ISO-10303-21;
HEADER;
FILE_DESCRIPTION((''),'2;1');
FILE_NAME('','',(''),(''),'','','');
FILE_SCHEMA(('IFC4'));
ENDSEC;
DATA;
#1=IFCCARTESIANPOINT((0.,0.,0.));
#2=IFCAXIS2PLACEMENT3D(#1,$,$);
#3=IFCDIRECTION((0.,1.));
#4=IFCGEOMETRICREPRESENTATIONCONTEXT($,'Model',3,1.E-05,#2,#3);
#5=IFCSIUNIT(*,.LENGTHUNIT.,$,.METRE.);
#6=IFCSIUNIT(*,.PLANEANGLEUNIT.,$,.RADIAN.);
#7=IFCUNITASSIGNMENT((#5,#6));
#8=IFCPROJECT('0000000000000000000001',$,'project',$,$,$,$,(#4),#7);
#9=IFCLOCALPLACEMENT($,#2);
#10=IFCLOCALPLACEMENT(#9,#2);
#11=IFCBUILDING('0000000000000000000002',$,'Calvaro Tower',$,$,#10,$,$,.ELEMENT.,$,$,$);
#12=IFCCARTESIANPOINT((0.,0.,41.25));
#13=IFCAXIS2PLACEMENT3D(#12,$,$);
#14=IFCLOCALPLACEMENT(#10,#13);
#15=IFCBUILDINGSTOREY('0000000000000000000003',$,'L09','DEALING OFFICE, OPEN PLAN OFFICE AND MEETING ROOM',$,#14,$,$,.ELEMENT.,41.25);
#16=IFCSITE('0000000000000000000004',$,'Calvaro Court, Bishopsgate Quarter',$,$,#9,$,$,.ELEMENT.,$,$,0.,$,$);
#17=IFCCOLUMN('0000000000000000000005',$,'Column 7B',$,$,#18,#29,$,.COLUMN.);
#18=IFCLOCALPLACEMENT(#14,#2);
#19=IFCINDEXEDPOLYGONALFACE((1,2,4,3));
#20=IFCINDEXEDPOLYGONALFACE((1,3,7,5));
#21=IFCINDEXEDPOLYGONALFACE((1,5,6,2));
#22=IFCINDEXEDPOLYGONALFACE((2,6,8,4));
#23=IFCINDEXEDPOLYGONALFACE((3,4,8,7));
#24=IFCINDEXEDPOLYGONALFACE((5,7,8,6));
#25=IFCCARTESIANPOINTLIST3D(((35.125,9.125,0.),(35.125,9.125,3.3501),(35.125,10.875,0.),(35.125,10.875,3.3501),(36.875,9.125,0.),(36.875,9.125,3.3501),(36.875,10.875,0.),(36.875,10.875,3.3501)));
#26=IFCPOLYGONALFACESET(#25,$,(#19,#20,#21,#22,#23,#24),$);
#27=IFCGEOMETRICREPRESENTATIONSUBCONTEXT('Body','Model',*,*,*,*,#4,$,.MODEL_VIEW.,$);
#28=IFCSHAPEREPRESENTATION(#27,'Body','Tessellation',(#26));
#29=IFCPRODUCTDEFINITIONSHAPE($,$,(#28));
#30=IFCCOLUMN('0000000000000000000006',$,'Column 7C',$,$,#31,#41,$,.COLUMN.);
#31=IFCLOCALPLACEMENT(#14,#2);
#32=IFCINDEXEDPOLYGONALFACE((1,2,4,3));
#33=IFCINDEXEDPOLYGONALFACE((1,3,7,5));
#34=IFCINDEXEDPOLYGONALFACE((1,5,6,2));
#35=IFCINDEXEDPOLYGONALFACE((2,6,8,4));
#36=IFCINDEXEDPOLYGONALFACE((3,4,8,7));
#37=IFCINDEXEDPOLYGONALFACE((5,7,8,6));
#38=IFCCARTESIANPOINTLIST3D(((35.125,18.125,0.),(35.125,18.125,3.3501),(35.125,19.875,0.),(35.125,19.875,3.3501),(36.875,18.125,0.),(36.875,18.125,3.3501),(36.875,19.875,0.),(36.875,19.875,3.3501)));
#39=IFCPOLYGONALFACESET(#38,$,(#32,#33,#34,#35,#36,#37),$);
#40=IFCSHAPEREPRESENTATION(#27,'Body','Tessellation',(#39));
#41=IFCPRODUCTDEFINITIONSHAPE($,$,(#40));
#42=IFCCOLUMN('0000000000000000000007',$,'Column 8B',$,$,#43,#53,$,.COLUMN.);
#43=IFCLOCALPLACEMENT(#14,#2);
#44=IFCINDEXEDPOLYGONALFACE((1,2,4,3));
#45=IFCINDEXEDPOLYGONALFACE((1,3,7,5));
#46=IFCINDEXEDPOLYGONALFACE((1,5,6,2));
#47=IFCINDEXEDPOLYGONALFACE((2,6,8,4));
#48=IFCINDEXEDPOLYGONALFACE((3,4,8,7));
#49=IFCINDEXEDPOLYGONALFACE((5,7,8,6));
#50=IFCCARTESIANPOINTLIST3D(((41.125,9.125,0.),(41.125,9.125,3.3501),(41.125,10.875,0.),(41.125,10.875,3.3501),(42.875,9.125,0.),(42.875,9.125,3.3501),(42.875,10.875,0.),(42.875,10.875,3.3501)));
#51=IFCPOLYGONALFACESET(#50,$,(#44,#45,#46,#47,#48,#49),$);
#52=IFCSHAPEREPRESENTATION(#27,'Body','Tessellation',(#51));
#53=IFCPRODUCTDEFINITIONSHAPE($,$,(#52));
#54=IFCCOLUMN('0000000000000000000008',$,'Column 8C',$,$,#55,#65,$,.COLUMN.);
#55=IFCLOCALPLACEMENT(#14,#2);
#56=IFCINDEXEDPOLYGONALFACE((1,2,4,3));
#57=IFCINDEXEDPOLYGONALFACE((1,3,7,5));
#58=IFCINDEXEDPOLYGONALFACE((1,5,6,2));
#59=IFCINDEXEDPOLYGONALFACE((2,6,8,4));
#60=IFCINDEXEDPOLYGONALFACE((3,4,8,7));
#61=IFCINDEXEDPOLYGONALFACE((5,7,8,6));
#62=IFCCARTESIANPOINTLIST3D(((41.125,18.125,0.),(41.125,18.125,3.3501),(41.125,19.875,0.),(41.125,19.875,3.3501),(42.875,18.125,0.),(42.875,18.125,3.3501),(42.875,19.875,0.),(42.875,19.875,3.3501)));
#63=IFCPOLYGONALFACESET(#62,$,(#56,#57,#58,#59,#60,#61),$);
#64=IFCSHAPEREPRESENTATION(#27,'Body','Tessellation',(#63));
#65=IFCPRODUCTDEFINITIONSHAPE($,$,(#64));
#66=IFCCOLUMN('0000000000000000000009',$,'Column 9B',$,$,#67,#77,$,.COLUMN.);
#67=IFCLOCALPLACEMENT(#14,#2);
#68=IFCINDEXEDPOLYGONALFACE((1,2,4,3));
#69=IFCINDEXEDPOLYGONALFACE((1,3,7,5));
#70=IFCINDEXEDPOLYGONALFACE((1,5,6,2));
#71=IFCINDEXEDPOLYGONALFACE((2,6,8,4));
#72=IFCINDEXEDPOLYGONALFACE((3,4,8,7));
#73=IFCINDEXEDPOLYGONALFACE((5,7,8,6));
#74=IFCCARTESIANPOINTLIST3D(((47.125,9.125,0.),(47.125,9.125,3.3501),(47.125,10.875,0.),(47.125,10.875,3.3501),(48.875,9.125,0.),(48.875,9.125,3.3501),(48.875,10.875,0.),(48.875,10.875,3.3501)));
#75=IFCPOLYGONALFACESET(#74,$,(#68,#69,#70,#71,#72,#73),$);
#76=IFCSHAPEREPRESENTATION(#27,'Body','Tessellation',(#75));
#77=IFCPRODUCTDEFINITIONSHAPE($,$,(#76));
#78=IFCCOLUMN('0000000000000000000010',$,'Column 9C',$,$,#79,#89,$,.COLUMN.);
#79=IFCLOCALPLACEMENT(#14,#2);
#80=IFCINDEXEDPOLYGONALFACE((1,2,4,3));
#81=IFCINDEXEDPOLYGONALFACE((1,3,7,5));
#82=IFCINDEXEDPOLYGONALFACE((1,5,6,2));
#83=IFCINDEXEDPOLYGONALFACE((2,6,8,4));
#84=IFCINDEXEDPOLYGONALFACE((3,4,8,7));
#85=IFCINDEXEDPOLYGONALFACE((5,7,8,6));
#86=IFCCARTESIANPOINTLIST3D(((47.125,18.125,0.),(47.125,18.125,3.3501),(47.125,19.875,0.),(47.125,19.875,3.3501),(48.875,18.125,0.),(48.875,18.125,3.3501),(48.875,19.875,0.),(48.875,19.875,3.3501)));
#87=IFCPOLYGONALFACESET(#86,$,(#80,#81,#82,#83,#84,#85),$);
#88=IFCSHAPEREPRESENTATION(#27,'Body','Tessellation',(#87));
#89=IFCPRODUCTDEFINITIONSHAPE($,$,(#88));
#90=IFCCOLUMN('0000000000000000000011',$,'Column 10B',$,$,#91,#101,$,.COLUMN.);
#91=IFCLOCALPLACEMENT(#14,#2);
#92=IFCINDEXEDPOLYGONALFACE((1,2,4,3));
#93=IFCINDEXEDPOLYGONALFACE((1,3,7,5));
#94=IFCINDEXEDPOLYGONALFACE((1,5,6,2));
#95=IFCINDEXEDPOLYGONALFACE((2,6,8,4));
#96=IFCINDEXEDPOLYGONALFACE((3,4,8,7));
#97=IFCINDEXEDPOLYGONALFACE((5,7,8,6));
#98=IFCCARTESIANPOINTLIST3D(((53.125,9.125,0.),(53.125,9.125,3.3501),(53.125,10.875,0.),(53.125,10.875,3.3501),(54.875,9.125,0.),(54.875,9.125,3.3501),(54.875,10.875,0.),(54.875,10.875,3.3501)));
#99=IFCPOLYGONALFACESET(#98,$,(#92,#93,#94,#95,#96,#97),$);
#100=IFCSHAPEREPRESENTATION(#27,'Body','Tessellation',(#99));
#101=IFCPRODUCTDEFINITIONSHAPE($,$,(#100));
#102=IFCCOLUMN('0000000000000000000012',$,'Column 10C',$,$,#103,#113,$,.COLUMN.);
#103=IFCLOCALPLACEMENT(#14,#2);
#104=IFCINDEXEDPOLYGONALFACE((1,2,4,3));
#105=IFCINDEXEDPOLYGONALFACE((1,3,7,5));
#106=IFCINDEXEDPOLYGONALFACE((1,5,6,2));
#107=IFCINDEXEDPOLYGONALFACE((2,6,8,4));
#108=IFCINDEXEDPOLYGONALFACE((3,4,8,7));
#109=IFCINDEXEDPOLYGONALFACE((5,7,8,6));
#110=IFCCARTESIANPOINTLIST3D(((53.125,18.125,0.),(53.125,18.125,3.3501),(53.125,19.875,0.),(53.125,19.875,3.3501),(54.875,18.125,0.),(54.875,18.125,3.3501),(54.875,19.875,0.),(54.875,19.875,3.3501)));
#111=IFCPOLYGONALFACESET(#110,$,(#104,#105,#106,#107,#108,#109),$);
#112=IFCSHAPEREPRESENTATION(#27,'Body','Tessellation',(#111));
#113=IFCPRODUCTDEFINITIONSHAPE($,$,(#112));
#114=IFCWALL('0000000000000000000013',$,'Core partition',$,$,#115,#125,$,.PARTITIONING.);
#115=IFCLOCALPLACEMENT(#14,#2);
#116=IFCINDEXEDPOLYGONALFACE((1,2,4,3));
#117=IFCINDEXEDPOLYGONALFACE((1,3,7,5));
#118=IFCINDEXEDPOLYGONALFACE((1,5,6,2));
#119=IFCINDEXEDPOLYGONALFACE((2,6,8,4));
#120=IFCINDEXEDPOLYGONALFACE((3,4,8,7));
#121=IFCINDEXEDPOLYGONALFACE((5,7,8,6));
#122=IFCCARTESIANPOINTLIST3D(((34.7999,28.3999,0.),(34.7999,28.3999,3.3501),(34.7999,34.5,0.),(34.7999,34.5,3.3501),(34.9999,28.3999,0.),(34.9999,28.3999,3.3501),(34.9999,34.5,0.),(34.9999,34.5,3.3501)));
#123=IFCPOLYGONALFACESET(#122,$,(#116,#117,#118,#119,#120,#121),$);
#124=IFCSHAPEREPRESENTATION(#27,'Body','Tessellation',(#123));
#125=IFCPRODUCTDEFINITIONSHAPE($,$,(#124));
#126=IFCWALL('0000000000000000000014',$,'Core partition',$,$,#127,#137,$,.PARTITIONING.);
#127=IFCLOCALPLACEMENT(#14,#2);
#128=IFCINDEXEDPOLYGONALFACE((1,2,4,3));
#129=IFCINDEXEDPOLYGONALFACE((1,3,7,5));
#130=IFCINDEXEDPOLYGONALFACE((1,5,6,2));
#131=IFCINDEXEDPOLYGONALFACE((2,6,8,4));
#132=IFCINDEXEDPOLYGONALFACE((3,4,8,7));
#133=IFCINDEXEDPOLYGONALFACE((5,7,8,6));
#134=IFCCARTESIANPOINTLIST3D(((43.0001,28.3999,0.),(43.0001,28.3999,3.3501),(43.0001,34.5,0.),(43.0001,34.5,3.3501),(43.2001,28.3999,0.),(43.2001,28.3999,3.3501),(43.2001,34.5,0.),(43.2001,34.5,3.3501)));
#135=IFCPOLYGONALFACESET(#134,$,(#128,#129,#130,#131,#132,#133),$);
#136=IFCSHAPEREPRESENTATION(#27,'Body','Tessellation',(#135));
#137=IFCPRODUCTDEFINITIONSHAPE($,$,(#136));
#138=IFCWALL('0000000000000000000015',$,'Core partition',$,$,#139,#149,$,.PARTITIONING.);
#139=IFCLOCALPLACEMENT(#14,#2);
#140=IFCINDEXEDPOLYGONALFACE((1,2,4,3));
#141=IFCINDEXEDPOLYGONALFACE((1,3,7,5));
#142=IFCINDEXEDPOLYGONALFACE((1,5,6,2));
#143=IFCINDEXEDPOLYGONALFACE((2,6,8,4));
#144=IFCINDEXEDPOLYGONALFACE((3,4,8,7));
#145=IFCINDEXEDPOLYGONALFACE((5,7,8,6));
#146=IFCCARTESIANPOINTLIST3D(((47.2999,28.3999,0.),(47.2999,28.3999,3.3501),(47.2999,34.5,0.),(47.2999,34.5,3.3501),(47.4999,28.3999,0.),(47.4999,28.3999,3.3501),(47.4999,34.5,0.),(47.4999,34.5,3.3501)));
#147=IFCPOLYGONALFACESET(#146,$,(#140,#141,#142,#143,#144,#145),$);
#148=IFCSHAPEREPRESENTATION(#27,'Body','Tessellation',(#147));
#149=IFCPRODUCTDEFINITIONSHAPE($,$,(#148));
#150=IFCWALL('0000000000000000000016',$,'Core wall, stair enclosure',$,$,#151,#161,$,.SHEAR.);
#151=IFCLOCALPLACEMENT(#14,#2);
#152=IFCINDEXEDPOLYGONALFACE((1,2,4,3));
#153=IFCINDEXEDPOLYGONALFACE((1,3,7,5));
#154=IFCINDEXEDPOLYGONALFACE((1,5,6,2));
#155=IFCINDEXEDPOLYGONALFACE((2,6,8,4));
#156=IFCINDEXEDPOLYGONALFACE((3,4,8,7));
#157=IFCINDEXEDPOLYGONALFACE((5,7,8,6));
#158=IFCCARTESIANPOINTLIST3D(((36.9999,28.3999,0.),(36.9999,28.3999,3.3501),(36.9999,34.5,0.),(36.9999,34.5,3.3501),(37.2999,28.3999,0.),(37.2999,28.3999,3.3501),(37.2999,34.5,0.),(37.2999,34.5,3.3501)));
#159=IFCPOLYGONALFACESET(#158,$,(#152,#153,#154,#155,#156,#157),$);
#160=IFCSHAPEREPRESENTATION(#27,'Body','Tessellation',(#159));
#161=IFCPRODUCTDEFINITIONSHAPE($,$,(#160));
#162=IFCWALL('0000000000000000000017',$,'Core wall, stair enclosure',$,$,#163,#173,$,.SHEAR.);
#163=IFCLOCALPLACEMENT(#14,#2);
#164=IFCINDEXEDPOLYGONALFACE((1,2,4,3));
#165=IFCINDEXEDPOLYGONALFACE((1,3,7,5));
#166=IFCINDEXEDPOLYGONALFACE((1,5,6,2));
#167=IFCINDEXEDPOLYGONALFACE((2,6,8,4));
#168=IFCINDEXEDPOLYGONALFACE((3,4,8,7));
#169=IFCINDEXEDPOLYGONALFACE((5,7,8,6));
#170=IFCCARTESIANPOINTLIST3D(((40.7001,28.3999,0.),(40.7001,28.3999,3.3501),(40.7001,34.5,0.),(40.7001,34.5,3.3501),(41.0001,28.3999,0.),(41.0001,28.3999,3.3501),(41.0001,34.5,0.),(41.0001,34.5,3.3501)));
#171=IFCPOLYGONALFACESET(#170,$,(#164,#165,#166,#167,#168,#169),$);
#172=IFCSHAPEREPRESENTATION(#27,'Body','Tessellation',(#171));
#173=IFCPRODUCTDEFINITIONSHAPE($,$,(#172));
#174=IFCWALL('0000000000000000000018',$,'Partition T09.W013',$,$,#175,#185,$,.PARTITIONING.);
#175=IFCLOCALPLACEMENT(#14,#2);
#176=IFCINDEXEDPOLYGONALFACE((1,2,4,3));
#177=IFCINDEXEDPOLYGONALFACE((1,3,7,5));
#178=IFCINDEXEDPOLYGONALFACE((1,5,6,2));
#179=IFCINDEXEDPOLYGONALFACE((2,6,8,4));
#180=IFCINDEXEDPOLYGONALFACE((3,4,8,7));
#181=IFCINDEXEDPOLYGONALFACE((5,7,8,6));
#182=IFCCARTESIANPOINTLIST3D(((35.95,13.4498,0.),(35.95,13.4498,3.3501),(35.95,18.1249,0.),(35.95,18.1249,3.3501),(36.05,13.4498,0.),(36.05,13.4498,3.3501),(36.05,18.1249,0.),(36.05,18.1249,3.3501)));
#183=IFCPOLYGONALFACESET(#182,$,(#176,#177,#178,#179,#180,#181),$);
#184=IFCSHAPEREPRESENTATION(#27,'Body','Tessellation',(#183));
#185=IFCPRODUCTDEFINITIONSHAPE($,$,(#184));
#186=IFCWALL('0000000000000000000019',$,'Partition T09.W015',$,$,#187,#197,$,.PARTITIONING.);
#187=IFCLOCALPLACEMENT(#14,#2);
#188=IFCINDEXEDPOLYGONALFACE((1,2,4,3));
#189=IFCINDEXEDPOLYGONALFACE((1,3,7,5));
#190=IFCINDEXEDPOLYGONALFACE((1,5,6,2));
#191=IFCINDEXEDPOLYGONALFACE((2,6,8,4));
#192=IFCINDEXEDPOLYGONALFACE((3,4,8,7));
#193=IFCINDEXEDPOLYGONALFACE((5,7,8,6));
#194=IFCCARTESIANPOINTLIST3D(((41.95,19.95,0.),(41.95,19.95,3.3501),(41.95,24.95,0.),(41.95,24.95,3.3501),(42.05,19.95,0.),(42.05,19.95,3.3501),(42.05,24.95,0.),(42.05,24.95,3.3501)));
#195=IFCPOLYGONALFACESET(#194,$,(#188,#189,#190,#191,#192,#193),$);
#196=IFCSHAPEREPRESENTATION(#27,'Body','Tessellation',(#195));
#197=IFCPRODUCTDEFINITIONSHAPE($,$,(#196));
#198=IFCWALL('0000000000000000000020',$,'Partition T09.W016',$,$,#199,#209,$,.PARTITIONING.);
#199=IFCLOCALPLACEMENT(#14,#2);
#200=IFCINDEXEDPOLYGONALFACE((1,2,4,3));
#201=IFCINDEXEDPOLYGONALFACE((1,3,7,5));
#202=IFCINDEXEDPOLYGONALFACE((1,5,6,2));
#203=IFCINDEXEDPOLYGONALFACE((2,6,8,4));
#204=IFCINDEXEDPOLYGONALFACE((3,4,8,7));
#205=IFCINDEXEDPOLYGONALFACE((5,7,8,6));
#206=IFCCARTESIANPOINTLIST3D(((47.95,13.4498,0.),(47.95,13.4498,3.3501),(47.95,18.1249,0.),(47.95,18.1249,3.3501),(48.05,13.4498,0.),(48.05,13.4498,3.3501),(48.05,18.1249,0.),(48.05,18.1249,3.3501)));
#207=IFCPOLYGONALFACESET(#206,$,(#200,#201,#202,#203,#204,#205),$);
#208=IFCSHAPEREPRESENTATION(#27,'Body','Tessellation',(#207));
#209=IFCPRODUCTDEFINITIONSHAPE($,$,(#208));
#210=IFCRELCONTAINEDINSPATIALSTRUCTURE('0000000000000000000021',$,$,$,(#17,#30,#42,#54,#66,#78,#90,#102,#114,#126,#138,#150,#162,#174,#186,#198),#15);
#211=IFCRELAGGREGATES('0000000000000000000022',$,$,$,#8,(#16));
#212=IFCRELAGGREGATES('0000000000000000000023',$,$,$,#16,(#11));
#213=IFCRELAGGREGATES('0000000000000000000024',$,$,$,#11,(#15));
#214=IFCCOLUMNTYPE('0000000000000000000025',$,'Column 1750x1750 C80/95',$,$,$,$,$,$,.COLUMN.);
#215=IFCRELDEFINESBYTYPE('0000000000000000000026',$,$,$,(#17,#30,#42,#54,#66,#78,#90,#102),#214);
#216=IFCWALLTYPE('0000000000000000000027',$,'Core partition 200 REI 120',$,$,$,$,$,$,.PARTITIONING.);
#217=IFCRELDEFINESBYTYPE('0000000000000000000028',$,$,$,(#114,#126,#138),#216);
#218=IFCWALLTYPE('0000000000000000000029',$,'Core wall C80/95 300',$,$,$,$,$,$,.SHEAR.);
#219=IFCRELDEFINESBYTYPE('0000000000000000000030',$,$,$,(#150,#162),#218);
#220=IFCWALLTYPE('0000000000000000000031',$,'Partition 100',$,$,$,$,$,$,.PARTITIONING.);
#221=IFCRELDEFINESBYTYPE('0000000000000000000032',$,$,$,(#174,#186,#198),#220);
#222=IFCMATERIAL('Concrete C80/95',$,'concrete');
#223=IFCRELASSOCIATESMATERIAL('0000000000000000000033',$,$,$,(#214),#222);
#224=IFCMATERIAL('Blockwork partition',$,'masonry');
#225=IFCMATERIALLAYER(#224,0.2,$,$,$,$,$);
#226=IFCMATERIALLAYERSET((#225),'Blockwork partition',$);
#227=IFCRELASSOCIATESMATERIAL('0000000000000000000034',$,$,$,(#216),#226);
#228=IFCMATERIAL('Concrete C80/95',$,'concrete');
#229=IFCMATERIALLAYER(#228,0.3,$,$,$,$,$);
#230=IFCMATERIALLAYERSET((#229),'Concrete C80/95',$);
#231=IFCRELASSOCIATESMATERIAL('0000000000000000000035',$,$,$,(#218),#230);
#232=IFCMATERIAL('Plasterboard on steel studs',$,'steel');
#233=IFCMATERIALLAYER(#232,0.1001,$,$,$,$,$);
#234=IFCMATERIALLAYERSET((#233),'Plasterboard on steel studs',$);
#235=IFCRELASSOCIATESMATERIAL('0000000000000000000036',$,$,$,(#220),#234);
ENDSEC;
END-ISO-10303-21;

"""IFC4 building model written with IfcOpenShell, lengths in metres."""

from ifc_helpers import new_model, si_unit, direction, frame, frame_2d, origin, origin_2d, place, context, subcontext, project, spatial, rectangle, extrude, material, layer, layer_set, material_profile, profile_set, type_object, element, save


model = new_model("IFC4")

# Units and contexts
model_context = context("Model", 3, precision=1e-05, world=origin(), true_north=direction((0.0, 1.0)))
body_context = subcontext(model_context, "Body", "Model", "MODEL_VIEW")
ifc_project = project(units=[si_unit("LENGTHUNIT", "METRE"), si_unit("PLANEANGLEUNIT", "RADIAN")], contexts=[model_context])

# Site, building, storey
site_placement = place(None, origin())
site = spatial("IfcSite", under=ifc_project, at=site_placement, Name="Calvaro Court, Bishopsgate Quarter", CompositionType="ELEMENT", RefElevation=0.0)
building_placement = place(site_placement, origin())
building = spatial("IfcBuilding", under=site, at=building_placement, Name="Calvaro Tower", CompositionType="ELEMENT")
storey_placement = place(building_placement, frame((0.0, 0.0, 41.25)))
storey = spatial("IfcBuildingStorey", under=building, at=storey_placement, Name="L09", Description="DEALING OFFICE, OPEN PLAN OFFICE AND MEETING ROOM", CompositionType="ELEMENT", Elevation=41.25)

# Columns
ifc_material_1 = material(Name="Concrete C80/95", Category="concrete")
ifc_material_profile = material_profile(ifc_material_1, rectangle(XDim=1.75, YDim=1.75, at=origin_2d()), Name="RC 1750x1750")
ifc_profile_set = profile_set([ifc_material_profile], Name="Concrete C80/95")
column_type = type_object("IfcColumnType", Name="Column 1750x1750 C80/95", PredefinedType="COLUMN", material=ifc_profile_set)
for number, where, z_axis, x_axis, name in (
    (1, (36.0, 10.0, 0.0), (0.0, 0.0, 1.0), (1.0, 0.0, 0.0), "Column 7B"),
    (2, (36.0, 19.0, 0.0), (0.0, 0.0, 1.0), (1.0, 0.0, 0.0), "Column 7C"),
    (3, (42.0, 10.0, 0.0), (0.0, 0.0, 1.0), (1.0, 0.0, 0.0), "Column 8B"),
    (4, (42.0, 19.0, 0.0), (0.0, 0.0, 1.0), (1.0, 0.0, 0.0), "Column 8C"),
    (5, (48.0, 10.0, 0.0), (0.0, 0.0, 1.0), (1.0, 0.0, 0.0), "Column 9B"),
    (6, (48.0, 19.0, 0.0), (0.0, 0.0, 1.0), (1.0, 0.0, 0.0), "Column 9C"),
    (7, (54.0, 10.0, 0.0), (0.0, 0.0, 1.0), (1.0, 0.0, 0.0), "Column 10B"),
    (8, (54.0, 19.0, 0.0), (0.0, 0.0, 1.0), (1.0, 0.0, 0.0), "Column 10C"),
):
    element("IfcColumn", number, at=place(storey_placement, frame(where, z_axis=z_axis, x_axis=x_axis)), inside=storey, type_object=column_type, Name=name, PredefinedType="COLUMN", context=body_context, shape_type="SweptSolid", body=[
        extrude(rectangle(XDim=1.75, YDim=1.75, at=origin_2d()), origin(), (0.0, 0.0, 1.0), 3.3501),
    ])

# Walls
ifc_material_2 = material(Name="Blockwork partition", Category="masonry")
ifc_layer_1 = layer(ifc_material_2, 0.2)
ifc_layer_set_1 = layer_set([ifc_layer_1], Name="Blockwork partition")
wall_type_1 = type_object("IfcWallType", Name="Core partition 200 REI 120", PredefinedType="PARTITIONING", material=ifc_layer_set_1)
for number, where, z_axis, x_axis, name in (
    (9, (34.8999, 28.3999, 0.0), (0.0, 0.0, 1.0), (0.0, 1.0, 0.0), "Core partition"),
    (10, (43.1001, 28.3999, 0.0), (0.0, 0.0, 1.0), (0.0, 1.0, 0.0), "Core partition"),
    (11, (47.3999, 28.3999, 0.0), (0.0, 0.0, 1.0), (0.0, 1.0, 0.0), "Core partition"),
):
    element("IfcWall", number, at=place(storey_placement, frame(where, z_axis=z_axis, x_axis=x_axis)), inside=storey, type_object=wall_type_1, Name=name, PredefinedType="PARTITIONING", context=body_context, shape_type="SweptSolid", body=[
        extrude(rectangle(XDim=6.1001, YDim=0.2, at=frame_2d((3.05, 0.0))), origin(), (0.0, 0.0, 1.0), 3.3501),
    ])
ifc_material_3 = material(Name="Concrete C80/95", Category="concrete")
ifc_layer_2 = layer(ifc_material_3, 0.3)
ifc_layer_set_2 = layer_set([ifc_layer_2], Name="Concrete C80/95")
wall_type_2 = type_object("IfcWallType", Name="Core wall C80/95 300", PredefinedType="SHEAR", material=ifc_layer_set_2)
for number, where, z_axis, x_axis, name in (
    (12, (37.1499, 28.3999, 0.0), (0.0, 0.0, 1.0), (0.0, 1.0, 0.0), "Core wall, stair enclosure"),
    (13, (40.8501, 28.3999, 0.0), (0.0, 0.0, 1.0), (0.0, 1.0, 0.0), "Core wall, stair enclosure"),
):
    element("IfcWall", number, at=place(storey_placement, frame(where, z_axis=z_axis, x_axis=x_axis)), inside=storey, type_object=wall_type_2, Name=name, PredefinedType="SHEAR", context=body_context, shape_type="SweptSolid", body=[
        extrude(rectangle(XDim=6.1001, YDim=0.3, at=frame_2d((3.05, 0.0))), origin(), (0.0, 0.0, 1.0), 3.3501),
    ])
ifc_material_4 = material(Name="Plasterboard on steel studs", Category="steel")
ifc_layer_3 = layer(ifc_material_4, 0.1001)
ifc_layer_set_3 = layer_set([ifc_layer_3], Name="Plasterboard on steel studs")
wall_type_3 = type_object("IfcWallType", Name="Partition 100", PredefinedType="PARTITIONING", material=ifc_layer_set_3)
wall_1_placement = place(storey_placement, frame((36.0, 13.45, 0.0), z_axis=(0.0, 0.0, 1.0), x_axis=(0.0, 1.0, 0.0)))
element("IfcWall", 14, at=wall_1_placement, inside=storey, type_object=wall_type_3, Name="Partition T09.W013", PredefinedType="PARTITIONING", context=body_context, shape_type="SweptSolid", body=[
    extrude(rectangle(XDim=4.675, YDim=0.1001, at=frame_2d((2.3374, 0.0))), origin(), (0.0, 0.0, 1.0), 3.3501),
])
wall_2_placement = place(storey_placement, frame((42.0, 19.95, 0.0), z_axis=(0.0, 0.0, 1.0), x_axis=(0.0, 1.0, 0.0)))
element("IfcWall", 15, at=wall_2_placement, inside=storey, type_object=wall_type_3, Name="Partition T09.W015", PredefinedType="PARTITIONING", context=body_context, shape_type="SweptSolid", body=[
    extrude(rectangle(XDim=5.0, YDim=0.1001, at=frame_2d((2.5, 0.0))), origin(), (0.0, 0.0, 1.0), 3.3501),
])
wall_3_placement = place(storey_placement, frame((48.0, 13.45, 0.0), z_axis=(0.0, 0.0, 1.0), x_axis=(0.0, 1.0, 0.0)))
element("IfcWall", 16, at=wall_3_placement, inside=storey, type_object=wall_type_3, Name="Partition T09.W016", PredefinedType="PARTITIONING", context=body_context, shape_type="SweptSolid", body=[
    extrude(rectangle(XDim=4.675, YDim=0.1001, at=frame_2d((2.3374, 0.0))), origin(), (0.0, 0.0, 1.0), 3.3501),
])

save(model, "model.ifc")
